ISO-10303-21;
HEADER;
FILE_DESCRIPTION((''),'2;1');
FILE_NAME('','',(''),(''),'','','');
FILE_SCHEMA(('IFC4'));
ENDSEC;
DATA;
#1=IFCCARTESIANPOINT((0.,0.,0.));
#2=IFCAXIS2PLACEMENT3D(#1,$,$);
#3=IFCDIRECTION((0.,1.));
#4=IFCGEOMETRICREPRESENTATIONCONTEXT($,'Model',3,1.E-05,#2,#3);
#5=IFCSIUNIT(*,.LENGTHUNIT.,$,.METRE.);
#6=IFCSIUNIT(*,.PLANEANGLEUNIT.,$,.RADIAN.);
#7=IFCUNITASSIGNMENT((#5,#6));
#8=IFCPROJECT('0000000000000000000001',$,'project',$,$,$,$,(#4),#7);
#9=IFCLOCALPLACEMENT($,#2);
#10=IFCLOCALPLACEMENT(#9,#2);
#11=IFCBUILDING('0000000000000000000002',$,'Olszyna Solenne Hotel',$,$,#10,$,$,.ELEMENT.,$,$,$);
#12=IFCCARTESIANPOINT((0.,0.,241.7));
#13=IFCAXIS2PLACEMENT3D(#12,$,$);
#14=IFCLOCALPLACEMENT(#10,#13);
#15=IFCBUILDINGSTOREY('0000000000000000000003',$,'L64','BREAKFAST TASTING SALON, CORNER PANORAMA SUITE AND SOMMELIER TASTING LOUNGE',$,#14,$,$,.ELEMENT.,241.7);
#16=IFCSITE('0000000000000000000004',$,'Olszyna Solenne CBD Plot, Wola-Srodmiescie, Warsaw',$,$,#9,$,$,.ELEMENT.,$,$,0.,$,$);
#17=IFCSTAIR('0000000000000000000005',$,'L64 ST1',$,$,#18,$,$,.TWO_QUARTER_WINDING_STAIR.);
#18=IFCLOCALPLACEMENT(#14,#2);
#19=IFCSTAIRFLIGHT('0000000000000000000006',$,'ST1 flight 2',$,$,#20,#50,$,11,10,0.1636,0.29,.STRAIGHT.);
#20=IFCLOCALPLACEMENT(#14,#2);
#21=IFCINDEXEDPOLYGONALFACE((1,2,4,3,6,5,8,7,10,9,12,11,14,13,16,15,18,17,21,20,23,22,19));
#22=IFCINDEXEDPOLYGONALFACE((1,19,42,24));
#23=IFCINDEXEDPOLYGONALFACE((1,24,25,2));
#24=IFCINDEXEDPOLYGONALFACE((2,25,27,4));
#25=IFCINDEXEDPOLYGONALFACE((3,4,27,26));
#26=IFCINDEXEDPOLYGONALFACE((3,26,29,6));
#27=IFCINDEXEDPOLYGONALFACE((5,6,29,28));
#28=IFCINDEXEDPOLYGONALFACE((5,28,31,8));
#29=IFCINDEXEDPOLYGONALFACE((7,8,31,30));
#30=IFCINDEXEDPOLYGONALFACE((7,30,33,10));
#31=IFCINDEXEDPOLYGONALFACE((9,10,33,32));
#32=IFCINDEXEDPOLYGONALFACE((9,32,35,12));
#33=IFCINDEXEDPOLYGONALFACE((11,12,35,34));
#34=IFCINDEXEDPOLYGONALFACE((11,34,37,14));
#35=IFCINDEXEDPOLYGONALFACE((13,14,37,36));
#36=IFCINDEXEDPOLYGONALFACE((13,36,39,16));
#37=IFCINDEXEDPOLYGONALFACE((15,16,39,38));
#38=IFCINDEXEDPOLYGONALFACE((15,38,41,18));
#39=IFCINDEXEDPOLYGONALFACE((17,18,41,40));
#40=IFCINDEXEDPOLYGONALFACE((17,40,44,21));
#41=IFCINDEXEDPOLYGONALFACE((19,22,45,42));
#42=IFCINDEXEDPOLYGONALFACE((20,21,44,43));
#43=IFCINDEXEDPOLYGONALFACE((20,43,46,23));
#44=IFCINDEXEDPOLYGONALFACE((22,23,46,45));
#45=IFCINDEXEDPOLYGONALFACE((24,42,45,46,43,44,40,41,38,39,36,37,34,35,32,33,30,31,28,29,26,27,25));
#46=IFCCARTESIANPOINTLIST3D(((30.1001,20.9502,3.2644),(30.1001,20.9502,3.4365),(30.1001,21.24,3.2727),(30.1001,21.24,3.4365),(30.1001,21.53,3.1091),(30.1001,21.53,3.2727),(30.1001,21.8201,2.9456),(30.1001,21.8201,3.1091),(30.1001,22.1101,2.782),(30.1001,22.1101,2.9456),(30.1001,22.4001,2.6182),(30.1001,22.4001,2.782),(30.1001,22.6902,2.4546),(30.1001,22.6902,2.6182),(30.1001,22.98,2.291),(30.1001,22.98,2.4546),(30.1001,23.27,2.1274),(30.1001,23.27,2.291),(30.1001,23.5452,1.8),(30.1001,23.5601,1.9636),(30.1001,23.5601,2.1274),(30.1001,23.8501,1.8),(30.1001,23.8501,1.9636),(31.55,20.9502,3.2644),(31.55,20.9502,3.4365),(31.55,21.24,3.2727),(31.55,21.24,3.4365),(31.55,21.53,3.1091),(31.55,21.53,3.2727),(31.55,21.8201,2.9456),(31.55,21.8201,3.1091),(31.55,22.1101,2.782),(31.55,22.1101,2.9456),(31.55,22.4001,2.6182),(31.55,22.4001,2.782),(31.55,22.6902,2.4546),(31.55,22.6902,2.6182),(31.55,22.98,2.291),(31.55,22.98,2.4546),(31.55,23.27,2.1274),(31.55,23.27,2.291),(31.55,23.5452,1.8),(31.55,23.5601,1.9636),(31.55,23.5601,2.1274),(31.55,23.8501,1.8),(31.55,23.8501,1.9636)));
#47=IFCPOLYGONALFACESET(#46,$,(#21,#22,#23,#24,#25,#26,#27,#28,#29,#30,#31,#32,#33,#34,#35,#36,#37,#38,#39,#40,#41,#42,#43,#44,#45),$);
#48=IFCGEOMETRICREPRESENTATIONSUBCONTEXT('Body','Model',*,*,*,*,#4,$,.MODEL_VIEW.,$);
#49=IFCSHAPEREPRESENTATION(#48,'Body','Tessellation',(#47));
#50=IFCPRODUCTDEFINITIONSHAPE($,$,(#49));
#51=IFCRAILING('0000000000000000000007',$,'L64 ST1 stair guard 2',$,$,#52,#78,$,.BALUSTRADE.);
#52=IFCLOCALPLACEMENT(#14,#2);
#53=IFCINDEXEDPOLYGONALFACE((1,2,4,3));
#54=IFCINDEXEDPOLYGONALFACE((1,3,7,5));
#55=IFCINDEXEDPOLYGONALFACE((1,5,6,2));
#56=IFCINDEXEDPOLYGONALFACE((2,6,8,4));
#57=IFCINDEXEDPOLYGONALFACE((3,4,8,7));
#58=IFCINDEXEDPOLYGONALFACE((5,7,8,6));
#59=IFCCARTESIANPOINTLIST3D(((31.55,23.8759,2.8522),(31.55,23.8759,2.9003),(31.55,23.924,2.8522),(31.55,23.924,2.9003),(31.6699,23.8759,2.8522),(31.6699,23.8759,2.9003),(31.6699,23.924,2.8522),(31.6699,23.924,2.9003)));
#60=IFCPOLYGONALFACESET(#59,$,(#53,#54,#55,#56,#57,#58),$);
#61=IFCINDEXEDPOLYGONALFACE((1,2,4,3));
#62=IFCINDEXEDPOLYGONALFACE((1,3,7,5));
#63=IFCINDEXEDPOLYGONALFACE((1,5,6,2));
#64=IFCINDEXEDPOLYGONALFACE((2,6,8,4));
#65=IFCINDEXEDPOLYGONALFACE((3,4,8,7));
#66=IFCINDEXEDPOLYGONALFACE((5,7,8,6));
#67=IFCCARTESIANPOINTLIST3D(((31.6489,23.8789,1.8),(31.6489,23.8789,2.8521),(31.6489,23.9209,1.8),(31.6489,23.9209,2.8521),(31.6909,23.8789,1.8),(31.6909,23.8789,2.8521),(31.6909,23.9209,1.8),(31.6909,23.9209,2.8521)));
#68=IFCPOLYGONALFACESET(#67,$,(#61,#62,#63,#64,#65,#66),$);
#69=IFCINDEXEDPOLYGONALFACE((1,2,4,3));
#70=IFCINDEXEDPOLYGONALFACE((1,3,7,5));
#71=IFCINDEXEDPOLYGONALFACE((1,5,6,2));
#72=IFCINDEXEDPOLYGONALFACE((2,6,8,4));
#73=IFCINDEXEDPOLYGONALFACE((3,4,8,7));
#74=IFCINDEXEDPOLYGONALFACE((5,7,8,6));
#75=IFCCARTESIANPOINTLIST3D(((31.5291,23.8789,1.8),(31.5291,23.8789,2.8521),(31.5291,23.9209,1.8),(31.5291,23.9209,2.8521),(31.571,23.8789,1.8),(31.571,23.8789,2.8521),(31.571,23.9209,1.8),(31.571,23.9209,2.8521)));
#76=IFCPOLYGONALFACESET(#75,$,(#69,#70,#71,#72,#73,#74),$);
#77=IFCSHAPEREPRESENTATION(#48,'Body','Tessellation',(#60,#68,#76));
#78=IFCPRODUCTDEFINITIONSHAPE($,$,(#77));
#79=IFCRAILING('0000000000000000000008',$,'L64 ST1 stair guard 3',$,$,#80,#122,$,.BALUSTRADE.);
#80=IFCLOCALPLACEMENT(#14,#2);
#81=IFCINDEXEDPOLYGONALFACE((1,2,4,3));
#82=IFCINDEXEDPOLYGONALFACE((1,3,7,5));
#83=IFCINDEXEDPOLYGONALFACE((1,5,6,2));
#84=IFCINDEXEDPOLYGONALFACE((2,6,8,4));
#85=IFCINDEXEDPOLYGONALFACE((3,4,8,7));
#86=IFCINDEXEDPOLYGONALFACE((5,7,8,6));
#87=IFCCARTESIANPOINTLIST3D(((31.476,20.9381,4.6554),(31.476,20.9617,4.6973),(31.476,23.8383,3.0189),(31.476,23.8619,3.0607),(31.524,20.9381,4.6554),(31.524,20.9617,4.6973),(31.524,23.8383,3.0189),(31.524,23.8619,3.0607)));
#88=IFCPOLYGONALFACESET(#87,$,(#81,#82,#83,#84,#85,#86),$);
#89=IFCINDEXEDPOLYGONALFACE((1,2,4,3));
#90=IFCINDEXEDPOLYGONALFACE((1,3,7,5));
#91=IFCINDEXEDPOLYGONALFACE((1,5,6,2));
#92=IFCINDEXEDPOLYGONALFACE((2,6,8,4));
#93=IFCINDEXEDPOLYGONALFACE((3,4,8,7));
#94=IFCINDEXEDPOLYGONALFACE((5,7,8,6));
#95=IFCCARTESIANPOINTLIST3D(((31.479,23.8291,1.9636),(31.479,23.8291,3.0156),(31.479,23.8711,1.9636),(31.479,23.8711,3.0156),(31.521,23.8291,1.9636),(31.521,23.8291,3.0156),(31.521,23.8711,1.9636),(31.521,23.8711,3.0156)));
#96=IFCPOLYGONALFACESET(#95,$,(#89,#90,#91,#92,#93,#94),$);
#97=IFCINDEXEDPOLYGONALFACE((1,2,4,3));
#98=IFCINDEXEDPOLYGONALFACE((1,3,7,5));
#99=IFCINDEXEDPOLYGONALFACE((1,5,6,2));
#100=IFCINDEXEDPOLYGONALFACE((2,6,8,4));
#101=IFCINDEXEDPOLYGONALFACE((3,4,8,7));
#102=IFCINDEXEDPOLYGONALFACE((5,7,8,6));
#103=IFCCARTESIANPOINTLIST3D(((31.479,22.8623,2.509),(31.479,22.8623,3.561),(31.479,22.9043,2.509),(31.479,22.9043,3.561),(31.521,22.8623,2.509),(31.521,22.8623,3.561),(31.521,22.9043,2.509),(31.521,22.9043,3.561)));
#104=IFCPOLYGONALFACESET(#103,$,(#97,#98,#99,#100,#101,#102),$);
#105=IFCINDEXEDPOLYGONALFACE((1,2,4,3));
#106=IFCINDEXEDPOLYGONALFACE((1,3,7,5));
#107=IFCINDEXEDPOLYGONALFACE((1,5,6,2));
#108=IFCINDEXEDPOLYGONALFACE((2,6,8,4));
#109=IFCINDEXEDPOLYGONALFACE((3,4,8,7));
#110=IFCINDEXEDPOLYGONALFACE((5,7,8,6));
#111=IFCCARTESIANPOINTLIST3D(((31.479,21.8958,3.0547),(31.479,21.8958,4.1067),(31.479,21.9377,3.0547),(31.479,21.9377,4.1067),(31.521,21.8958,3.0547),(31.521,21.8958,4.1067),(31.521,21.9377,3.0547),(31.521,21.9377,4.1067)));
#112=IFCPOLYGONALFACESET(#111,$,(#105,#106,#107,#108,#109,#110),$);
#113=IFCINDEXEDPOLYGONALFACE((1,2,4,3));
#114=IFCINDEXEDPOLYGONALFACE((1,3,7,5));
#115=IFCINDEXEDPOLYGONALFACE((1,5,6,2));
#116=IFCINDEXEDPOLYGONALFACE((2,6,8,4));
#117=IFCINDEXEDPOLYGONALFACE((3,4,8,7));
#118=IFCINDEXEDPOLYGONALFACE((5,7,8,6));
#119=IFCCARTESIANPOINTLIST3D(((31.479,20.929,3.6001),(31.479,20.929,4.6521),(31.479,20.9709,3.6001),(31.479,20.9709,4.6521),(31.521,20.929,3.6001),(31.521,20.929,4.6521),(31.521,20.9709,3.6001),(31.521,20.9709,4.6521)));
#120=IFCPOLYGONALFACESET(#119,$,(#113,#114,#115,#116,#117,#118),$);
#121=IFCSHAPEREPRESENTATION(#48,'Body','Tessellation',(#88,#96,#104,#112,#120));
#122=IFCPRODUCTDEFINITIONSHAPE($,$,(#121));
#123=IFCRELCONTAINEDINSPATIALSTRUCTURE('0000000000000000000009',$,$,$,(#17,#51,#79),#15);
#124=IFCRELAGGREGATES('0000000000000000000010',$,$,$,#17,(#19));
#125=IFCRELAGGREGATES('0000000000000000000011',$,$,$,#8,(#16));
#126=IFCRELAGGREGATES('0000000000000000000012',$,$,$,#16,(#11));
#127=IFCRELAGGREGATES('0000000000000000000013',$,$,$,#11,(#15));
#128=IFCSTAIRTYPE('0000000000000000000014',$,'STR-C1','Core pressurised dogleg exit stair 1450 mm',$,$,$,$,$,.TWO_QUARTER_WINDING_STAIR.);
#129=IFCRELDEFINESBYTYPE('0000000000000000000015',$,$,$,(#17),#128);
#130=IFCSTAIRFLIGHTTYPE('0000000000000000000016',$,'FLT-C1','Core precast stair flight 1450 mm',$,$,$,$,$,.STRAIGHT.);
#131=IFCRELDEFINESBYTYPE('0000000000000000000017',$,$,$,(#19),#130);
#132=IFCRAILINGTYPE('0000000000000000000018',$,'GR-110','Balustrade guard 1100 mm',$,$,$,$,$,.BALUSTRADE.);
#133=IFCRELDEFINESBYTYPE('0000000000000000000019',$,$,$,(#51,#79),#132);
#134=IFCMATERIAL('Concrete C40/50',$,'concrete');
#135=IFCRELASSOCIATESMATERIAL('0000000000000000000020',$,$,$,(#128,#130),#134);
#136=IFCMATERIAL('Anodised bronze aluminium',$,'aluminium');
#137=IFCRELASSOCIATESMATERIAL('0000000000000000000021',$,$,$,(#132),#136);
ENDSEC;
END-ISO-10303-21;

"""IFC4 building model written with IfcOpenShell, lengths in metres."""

from ifc_helpers import new_model, si_unit, direction, frame, origin, origin_2d, place, context, subcontext, project, spatial, polyline, rectangle, outline, extrude, material, type_object, element, aggregate, save


model = new_model("IFC4")

# Units and contexts
model_context = context("Model", 3, precision=1e-05, world=origin(), true_north=direction((0.0, 1.0)))
body_context = subcontext(model_context, "Body", "Model", "MODEL_VIEW")
ifc_project = project(units=[si_unit("LENGTHUNIT", "METRE"), si_unit("PLANEANGLEUNIT", "RADIAN")], contexts=[model_context])

# Site, building, storey
site_placement = place(None, origin())
site = spatial("IfcSite", under=ifc_project, at=site_placement, Name="Olszyna Solenne CBD Plot, Wola-Srodmiescie, Warsaw", CompositionType="ELEMENT", RefElevation=0.0)
building_placement = place(site_placement, origin())
building = spatial("IfcBuilding", under=site, at=building_placement, Name="Olszyna Solenne Hotel", CompositionType="ELEMENT")
storey_placement = place(building_placement, frame((0.0, 0.0, 241.7)))
storey = spatial("IfcBuildingStorey", under=building, at=storey_placement, Name="L64", Description="BREAKFAST TASTING SALON, CORNER PANORAMA SUITE AND SOMMELIER TASTING LOUNGE", CompositionType="ELEMENT", Elevation=241.7)

# Stair, stair flight
ifc_material_1 = material(Name="Concrete C40/50", Category="concrete")
stair_type = type_object("IfcStairType", Name="STR-C1", Description="Core pressurised dogleg exit stair 1450 mm", PredefinedType="TWO_QUARTER_WINDING_STAIR", material=ifc_material_1)
stair_placement = place(storey_placement, origin())
stair = element("IfcStair", 1, at=stair_placement, inside=storey, type_object=stair_type, Name="L64 ST1", PredefinedType="TWO_QUARTER_WINDING_STAIR")
stair_flight_type = type_object("IfcStairFlightType", Name="FLT-C1", Description="Core precast stair flight 1450 mm", PredefinedType="STRAIGHT", material=ifc_material_1)
stair_flight_placement = place(storey_placement, frame((30.825, 23.8501, 1.8), z_axis=(0.0, 0.0, 1.0), x_axis=(0.0, -1.0, 0.0)))
stair_flight = element("IfcStairFlight", 2, at=stair_flight_placement, type_object=stair_flight_type, Name="ST1 flight 2", NumberOfRisers=11, NumberOfTreads=10, PredefinedType="STRAIGHT", RiserHeight=0.1636, TreadLength=0.29, context=body_context, shape_type="SweptSolid", body=[
    extrude(outline(polyline([(0.0, 0.0), (0.0, 0.1636), (0.29, 0.1636), (0.29, 0.3274), (0.5801, 0.3274), (0.5801, 0.491), (0.8701, 0.491), (0.8701, 0.6545), (1.1599, 0.6545), (1.1599, 0.8181), (1.45, 0.8181), (1.45, 0.9819), (1.74, 0.9819), (1.74, 1.1455), (2.03, 1.1455), (2.03, 1.3091), (2.3201, 1.3091), (2.3201, 1.4727), (2.6101, 1.4727), (2.6101, 1.6365), (2.8999, 1.6365), (2.8999, 1.8), (2.8999, 1.4644), (0.3049, 0.0), (0.0, 0.0)])), frame((0.0, 0.7251, 0.0), z_axis=(0.0, -1.0, 0.0), x_axis=(1.0, 0.0, 0.0)), (0.0, 0.0, 1.0), 1.45),
])
aggregate(stair, [stair_flight])

# Railings
ifc_material_2 = material(Name="Anodised bronze aluminium", Category="aluminium")
railing_type = type_object("IfcRailingType", Name="GR-110", Description="Balustrade guard 1100 mm", PredefinedType="BALUSTRADE", material=ifc_material_2)
railing_1_placement = place(storey_placement, frame((31.6699, 23.8999, 1.8)))
element("IfcRailing", 3, at=railing_1_placement, inside=storey, type_object=railing_type, Name="L64 ST1 stair guard 2", PredefinedType="BALUSTRADE", context=body_context, shape_type="SweptSolid", body=[
    extrude(rectangle(XDim=0.0481, YDim=0.0481, at=origin_2d()), frame((0.0, 0.0, 1.0762), z_axis=(-1.0, 0.0, 0.0), x_axis=(0.0, -1.0, 0.0)), (0.0, 0.0, 1.0), 0.1199),
    extrude(rectangle(XDim=0.042, YDim=0.042, at=origin_2d()), origin(), (0.0, 0.0, 1.0), 1.052),
    extrude(rectangle(XDim=0.042, YDim=0.042, at=origin_2d()), frame((-0.1199, 0.0, 0.0)), (0.0, 0.0, 1.0), 1.052),
])
railing_2_placement = place(storey_placement, frame((31.5, 23.8501, 1.9636)))
element("IfcRailing", 4, at=railing_2_placement, inside=storey, type_object=railing_type, Name="L64 ST1 stair guard 3", PredefinedType="BALUSTRADE", context=body_context, shape_type="SweptSolid", body=[
    extrude(rectangle(XDim=0.0481, YDim=0.0481, at=origin_2d()), frame((0.0, 0.0, 1.0762), z_axis=(0.0, -0.870915, 0.491434), x_axis=(1.0, 0.0, 0.0)), (0.0, 0.0, 1.0), 3.3301),
    extrude(rectangle(XDim=0.042, YDim=0.042, at=origin_2d()), origin(), (0.0, 0.0, 1.0), 1.052),
    extrude(rectangle(XDim=0.042, YDim=0.042, at=origin_2d()), frame((0.0, -0.9668, 0.5454)), (0.0, 0.0, 1.0), 1.052),
    extrude(rectangle(XDim=0.042, YDim=0.042, at=origin_2d()), frame((0.0, -1.9333, 1.0911)), (0.0, 0.0, 1.0), 1.052),
    extrude(rectangle(XDim=0.042, YDim=0.042, at=origin_2d()), frame((0.0, -2.9001, 1.6365)), (0.0, 0.0, 1.0), 1.052),
])

save(model, "model.ifc")
